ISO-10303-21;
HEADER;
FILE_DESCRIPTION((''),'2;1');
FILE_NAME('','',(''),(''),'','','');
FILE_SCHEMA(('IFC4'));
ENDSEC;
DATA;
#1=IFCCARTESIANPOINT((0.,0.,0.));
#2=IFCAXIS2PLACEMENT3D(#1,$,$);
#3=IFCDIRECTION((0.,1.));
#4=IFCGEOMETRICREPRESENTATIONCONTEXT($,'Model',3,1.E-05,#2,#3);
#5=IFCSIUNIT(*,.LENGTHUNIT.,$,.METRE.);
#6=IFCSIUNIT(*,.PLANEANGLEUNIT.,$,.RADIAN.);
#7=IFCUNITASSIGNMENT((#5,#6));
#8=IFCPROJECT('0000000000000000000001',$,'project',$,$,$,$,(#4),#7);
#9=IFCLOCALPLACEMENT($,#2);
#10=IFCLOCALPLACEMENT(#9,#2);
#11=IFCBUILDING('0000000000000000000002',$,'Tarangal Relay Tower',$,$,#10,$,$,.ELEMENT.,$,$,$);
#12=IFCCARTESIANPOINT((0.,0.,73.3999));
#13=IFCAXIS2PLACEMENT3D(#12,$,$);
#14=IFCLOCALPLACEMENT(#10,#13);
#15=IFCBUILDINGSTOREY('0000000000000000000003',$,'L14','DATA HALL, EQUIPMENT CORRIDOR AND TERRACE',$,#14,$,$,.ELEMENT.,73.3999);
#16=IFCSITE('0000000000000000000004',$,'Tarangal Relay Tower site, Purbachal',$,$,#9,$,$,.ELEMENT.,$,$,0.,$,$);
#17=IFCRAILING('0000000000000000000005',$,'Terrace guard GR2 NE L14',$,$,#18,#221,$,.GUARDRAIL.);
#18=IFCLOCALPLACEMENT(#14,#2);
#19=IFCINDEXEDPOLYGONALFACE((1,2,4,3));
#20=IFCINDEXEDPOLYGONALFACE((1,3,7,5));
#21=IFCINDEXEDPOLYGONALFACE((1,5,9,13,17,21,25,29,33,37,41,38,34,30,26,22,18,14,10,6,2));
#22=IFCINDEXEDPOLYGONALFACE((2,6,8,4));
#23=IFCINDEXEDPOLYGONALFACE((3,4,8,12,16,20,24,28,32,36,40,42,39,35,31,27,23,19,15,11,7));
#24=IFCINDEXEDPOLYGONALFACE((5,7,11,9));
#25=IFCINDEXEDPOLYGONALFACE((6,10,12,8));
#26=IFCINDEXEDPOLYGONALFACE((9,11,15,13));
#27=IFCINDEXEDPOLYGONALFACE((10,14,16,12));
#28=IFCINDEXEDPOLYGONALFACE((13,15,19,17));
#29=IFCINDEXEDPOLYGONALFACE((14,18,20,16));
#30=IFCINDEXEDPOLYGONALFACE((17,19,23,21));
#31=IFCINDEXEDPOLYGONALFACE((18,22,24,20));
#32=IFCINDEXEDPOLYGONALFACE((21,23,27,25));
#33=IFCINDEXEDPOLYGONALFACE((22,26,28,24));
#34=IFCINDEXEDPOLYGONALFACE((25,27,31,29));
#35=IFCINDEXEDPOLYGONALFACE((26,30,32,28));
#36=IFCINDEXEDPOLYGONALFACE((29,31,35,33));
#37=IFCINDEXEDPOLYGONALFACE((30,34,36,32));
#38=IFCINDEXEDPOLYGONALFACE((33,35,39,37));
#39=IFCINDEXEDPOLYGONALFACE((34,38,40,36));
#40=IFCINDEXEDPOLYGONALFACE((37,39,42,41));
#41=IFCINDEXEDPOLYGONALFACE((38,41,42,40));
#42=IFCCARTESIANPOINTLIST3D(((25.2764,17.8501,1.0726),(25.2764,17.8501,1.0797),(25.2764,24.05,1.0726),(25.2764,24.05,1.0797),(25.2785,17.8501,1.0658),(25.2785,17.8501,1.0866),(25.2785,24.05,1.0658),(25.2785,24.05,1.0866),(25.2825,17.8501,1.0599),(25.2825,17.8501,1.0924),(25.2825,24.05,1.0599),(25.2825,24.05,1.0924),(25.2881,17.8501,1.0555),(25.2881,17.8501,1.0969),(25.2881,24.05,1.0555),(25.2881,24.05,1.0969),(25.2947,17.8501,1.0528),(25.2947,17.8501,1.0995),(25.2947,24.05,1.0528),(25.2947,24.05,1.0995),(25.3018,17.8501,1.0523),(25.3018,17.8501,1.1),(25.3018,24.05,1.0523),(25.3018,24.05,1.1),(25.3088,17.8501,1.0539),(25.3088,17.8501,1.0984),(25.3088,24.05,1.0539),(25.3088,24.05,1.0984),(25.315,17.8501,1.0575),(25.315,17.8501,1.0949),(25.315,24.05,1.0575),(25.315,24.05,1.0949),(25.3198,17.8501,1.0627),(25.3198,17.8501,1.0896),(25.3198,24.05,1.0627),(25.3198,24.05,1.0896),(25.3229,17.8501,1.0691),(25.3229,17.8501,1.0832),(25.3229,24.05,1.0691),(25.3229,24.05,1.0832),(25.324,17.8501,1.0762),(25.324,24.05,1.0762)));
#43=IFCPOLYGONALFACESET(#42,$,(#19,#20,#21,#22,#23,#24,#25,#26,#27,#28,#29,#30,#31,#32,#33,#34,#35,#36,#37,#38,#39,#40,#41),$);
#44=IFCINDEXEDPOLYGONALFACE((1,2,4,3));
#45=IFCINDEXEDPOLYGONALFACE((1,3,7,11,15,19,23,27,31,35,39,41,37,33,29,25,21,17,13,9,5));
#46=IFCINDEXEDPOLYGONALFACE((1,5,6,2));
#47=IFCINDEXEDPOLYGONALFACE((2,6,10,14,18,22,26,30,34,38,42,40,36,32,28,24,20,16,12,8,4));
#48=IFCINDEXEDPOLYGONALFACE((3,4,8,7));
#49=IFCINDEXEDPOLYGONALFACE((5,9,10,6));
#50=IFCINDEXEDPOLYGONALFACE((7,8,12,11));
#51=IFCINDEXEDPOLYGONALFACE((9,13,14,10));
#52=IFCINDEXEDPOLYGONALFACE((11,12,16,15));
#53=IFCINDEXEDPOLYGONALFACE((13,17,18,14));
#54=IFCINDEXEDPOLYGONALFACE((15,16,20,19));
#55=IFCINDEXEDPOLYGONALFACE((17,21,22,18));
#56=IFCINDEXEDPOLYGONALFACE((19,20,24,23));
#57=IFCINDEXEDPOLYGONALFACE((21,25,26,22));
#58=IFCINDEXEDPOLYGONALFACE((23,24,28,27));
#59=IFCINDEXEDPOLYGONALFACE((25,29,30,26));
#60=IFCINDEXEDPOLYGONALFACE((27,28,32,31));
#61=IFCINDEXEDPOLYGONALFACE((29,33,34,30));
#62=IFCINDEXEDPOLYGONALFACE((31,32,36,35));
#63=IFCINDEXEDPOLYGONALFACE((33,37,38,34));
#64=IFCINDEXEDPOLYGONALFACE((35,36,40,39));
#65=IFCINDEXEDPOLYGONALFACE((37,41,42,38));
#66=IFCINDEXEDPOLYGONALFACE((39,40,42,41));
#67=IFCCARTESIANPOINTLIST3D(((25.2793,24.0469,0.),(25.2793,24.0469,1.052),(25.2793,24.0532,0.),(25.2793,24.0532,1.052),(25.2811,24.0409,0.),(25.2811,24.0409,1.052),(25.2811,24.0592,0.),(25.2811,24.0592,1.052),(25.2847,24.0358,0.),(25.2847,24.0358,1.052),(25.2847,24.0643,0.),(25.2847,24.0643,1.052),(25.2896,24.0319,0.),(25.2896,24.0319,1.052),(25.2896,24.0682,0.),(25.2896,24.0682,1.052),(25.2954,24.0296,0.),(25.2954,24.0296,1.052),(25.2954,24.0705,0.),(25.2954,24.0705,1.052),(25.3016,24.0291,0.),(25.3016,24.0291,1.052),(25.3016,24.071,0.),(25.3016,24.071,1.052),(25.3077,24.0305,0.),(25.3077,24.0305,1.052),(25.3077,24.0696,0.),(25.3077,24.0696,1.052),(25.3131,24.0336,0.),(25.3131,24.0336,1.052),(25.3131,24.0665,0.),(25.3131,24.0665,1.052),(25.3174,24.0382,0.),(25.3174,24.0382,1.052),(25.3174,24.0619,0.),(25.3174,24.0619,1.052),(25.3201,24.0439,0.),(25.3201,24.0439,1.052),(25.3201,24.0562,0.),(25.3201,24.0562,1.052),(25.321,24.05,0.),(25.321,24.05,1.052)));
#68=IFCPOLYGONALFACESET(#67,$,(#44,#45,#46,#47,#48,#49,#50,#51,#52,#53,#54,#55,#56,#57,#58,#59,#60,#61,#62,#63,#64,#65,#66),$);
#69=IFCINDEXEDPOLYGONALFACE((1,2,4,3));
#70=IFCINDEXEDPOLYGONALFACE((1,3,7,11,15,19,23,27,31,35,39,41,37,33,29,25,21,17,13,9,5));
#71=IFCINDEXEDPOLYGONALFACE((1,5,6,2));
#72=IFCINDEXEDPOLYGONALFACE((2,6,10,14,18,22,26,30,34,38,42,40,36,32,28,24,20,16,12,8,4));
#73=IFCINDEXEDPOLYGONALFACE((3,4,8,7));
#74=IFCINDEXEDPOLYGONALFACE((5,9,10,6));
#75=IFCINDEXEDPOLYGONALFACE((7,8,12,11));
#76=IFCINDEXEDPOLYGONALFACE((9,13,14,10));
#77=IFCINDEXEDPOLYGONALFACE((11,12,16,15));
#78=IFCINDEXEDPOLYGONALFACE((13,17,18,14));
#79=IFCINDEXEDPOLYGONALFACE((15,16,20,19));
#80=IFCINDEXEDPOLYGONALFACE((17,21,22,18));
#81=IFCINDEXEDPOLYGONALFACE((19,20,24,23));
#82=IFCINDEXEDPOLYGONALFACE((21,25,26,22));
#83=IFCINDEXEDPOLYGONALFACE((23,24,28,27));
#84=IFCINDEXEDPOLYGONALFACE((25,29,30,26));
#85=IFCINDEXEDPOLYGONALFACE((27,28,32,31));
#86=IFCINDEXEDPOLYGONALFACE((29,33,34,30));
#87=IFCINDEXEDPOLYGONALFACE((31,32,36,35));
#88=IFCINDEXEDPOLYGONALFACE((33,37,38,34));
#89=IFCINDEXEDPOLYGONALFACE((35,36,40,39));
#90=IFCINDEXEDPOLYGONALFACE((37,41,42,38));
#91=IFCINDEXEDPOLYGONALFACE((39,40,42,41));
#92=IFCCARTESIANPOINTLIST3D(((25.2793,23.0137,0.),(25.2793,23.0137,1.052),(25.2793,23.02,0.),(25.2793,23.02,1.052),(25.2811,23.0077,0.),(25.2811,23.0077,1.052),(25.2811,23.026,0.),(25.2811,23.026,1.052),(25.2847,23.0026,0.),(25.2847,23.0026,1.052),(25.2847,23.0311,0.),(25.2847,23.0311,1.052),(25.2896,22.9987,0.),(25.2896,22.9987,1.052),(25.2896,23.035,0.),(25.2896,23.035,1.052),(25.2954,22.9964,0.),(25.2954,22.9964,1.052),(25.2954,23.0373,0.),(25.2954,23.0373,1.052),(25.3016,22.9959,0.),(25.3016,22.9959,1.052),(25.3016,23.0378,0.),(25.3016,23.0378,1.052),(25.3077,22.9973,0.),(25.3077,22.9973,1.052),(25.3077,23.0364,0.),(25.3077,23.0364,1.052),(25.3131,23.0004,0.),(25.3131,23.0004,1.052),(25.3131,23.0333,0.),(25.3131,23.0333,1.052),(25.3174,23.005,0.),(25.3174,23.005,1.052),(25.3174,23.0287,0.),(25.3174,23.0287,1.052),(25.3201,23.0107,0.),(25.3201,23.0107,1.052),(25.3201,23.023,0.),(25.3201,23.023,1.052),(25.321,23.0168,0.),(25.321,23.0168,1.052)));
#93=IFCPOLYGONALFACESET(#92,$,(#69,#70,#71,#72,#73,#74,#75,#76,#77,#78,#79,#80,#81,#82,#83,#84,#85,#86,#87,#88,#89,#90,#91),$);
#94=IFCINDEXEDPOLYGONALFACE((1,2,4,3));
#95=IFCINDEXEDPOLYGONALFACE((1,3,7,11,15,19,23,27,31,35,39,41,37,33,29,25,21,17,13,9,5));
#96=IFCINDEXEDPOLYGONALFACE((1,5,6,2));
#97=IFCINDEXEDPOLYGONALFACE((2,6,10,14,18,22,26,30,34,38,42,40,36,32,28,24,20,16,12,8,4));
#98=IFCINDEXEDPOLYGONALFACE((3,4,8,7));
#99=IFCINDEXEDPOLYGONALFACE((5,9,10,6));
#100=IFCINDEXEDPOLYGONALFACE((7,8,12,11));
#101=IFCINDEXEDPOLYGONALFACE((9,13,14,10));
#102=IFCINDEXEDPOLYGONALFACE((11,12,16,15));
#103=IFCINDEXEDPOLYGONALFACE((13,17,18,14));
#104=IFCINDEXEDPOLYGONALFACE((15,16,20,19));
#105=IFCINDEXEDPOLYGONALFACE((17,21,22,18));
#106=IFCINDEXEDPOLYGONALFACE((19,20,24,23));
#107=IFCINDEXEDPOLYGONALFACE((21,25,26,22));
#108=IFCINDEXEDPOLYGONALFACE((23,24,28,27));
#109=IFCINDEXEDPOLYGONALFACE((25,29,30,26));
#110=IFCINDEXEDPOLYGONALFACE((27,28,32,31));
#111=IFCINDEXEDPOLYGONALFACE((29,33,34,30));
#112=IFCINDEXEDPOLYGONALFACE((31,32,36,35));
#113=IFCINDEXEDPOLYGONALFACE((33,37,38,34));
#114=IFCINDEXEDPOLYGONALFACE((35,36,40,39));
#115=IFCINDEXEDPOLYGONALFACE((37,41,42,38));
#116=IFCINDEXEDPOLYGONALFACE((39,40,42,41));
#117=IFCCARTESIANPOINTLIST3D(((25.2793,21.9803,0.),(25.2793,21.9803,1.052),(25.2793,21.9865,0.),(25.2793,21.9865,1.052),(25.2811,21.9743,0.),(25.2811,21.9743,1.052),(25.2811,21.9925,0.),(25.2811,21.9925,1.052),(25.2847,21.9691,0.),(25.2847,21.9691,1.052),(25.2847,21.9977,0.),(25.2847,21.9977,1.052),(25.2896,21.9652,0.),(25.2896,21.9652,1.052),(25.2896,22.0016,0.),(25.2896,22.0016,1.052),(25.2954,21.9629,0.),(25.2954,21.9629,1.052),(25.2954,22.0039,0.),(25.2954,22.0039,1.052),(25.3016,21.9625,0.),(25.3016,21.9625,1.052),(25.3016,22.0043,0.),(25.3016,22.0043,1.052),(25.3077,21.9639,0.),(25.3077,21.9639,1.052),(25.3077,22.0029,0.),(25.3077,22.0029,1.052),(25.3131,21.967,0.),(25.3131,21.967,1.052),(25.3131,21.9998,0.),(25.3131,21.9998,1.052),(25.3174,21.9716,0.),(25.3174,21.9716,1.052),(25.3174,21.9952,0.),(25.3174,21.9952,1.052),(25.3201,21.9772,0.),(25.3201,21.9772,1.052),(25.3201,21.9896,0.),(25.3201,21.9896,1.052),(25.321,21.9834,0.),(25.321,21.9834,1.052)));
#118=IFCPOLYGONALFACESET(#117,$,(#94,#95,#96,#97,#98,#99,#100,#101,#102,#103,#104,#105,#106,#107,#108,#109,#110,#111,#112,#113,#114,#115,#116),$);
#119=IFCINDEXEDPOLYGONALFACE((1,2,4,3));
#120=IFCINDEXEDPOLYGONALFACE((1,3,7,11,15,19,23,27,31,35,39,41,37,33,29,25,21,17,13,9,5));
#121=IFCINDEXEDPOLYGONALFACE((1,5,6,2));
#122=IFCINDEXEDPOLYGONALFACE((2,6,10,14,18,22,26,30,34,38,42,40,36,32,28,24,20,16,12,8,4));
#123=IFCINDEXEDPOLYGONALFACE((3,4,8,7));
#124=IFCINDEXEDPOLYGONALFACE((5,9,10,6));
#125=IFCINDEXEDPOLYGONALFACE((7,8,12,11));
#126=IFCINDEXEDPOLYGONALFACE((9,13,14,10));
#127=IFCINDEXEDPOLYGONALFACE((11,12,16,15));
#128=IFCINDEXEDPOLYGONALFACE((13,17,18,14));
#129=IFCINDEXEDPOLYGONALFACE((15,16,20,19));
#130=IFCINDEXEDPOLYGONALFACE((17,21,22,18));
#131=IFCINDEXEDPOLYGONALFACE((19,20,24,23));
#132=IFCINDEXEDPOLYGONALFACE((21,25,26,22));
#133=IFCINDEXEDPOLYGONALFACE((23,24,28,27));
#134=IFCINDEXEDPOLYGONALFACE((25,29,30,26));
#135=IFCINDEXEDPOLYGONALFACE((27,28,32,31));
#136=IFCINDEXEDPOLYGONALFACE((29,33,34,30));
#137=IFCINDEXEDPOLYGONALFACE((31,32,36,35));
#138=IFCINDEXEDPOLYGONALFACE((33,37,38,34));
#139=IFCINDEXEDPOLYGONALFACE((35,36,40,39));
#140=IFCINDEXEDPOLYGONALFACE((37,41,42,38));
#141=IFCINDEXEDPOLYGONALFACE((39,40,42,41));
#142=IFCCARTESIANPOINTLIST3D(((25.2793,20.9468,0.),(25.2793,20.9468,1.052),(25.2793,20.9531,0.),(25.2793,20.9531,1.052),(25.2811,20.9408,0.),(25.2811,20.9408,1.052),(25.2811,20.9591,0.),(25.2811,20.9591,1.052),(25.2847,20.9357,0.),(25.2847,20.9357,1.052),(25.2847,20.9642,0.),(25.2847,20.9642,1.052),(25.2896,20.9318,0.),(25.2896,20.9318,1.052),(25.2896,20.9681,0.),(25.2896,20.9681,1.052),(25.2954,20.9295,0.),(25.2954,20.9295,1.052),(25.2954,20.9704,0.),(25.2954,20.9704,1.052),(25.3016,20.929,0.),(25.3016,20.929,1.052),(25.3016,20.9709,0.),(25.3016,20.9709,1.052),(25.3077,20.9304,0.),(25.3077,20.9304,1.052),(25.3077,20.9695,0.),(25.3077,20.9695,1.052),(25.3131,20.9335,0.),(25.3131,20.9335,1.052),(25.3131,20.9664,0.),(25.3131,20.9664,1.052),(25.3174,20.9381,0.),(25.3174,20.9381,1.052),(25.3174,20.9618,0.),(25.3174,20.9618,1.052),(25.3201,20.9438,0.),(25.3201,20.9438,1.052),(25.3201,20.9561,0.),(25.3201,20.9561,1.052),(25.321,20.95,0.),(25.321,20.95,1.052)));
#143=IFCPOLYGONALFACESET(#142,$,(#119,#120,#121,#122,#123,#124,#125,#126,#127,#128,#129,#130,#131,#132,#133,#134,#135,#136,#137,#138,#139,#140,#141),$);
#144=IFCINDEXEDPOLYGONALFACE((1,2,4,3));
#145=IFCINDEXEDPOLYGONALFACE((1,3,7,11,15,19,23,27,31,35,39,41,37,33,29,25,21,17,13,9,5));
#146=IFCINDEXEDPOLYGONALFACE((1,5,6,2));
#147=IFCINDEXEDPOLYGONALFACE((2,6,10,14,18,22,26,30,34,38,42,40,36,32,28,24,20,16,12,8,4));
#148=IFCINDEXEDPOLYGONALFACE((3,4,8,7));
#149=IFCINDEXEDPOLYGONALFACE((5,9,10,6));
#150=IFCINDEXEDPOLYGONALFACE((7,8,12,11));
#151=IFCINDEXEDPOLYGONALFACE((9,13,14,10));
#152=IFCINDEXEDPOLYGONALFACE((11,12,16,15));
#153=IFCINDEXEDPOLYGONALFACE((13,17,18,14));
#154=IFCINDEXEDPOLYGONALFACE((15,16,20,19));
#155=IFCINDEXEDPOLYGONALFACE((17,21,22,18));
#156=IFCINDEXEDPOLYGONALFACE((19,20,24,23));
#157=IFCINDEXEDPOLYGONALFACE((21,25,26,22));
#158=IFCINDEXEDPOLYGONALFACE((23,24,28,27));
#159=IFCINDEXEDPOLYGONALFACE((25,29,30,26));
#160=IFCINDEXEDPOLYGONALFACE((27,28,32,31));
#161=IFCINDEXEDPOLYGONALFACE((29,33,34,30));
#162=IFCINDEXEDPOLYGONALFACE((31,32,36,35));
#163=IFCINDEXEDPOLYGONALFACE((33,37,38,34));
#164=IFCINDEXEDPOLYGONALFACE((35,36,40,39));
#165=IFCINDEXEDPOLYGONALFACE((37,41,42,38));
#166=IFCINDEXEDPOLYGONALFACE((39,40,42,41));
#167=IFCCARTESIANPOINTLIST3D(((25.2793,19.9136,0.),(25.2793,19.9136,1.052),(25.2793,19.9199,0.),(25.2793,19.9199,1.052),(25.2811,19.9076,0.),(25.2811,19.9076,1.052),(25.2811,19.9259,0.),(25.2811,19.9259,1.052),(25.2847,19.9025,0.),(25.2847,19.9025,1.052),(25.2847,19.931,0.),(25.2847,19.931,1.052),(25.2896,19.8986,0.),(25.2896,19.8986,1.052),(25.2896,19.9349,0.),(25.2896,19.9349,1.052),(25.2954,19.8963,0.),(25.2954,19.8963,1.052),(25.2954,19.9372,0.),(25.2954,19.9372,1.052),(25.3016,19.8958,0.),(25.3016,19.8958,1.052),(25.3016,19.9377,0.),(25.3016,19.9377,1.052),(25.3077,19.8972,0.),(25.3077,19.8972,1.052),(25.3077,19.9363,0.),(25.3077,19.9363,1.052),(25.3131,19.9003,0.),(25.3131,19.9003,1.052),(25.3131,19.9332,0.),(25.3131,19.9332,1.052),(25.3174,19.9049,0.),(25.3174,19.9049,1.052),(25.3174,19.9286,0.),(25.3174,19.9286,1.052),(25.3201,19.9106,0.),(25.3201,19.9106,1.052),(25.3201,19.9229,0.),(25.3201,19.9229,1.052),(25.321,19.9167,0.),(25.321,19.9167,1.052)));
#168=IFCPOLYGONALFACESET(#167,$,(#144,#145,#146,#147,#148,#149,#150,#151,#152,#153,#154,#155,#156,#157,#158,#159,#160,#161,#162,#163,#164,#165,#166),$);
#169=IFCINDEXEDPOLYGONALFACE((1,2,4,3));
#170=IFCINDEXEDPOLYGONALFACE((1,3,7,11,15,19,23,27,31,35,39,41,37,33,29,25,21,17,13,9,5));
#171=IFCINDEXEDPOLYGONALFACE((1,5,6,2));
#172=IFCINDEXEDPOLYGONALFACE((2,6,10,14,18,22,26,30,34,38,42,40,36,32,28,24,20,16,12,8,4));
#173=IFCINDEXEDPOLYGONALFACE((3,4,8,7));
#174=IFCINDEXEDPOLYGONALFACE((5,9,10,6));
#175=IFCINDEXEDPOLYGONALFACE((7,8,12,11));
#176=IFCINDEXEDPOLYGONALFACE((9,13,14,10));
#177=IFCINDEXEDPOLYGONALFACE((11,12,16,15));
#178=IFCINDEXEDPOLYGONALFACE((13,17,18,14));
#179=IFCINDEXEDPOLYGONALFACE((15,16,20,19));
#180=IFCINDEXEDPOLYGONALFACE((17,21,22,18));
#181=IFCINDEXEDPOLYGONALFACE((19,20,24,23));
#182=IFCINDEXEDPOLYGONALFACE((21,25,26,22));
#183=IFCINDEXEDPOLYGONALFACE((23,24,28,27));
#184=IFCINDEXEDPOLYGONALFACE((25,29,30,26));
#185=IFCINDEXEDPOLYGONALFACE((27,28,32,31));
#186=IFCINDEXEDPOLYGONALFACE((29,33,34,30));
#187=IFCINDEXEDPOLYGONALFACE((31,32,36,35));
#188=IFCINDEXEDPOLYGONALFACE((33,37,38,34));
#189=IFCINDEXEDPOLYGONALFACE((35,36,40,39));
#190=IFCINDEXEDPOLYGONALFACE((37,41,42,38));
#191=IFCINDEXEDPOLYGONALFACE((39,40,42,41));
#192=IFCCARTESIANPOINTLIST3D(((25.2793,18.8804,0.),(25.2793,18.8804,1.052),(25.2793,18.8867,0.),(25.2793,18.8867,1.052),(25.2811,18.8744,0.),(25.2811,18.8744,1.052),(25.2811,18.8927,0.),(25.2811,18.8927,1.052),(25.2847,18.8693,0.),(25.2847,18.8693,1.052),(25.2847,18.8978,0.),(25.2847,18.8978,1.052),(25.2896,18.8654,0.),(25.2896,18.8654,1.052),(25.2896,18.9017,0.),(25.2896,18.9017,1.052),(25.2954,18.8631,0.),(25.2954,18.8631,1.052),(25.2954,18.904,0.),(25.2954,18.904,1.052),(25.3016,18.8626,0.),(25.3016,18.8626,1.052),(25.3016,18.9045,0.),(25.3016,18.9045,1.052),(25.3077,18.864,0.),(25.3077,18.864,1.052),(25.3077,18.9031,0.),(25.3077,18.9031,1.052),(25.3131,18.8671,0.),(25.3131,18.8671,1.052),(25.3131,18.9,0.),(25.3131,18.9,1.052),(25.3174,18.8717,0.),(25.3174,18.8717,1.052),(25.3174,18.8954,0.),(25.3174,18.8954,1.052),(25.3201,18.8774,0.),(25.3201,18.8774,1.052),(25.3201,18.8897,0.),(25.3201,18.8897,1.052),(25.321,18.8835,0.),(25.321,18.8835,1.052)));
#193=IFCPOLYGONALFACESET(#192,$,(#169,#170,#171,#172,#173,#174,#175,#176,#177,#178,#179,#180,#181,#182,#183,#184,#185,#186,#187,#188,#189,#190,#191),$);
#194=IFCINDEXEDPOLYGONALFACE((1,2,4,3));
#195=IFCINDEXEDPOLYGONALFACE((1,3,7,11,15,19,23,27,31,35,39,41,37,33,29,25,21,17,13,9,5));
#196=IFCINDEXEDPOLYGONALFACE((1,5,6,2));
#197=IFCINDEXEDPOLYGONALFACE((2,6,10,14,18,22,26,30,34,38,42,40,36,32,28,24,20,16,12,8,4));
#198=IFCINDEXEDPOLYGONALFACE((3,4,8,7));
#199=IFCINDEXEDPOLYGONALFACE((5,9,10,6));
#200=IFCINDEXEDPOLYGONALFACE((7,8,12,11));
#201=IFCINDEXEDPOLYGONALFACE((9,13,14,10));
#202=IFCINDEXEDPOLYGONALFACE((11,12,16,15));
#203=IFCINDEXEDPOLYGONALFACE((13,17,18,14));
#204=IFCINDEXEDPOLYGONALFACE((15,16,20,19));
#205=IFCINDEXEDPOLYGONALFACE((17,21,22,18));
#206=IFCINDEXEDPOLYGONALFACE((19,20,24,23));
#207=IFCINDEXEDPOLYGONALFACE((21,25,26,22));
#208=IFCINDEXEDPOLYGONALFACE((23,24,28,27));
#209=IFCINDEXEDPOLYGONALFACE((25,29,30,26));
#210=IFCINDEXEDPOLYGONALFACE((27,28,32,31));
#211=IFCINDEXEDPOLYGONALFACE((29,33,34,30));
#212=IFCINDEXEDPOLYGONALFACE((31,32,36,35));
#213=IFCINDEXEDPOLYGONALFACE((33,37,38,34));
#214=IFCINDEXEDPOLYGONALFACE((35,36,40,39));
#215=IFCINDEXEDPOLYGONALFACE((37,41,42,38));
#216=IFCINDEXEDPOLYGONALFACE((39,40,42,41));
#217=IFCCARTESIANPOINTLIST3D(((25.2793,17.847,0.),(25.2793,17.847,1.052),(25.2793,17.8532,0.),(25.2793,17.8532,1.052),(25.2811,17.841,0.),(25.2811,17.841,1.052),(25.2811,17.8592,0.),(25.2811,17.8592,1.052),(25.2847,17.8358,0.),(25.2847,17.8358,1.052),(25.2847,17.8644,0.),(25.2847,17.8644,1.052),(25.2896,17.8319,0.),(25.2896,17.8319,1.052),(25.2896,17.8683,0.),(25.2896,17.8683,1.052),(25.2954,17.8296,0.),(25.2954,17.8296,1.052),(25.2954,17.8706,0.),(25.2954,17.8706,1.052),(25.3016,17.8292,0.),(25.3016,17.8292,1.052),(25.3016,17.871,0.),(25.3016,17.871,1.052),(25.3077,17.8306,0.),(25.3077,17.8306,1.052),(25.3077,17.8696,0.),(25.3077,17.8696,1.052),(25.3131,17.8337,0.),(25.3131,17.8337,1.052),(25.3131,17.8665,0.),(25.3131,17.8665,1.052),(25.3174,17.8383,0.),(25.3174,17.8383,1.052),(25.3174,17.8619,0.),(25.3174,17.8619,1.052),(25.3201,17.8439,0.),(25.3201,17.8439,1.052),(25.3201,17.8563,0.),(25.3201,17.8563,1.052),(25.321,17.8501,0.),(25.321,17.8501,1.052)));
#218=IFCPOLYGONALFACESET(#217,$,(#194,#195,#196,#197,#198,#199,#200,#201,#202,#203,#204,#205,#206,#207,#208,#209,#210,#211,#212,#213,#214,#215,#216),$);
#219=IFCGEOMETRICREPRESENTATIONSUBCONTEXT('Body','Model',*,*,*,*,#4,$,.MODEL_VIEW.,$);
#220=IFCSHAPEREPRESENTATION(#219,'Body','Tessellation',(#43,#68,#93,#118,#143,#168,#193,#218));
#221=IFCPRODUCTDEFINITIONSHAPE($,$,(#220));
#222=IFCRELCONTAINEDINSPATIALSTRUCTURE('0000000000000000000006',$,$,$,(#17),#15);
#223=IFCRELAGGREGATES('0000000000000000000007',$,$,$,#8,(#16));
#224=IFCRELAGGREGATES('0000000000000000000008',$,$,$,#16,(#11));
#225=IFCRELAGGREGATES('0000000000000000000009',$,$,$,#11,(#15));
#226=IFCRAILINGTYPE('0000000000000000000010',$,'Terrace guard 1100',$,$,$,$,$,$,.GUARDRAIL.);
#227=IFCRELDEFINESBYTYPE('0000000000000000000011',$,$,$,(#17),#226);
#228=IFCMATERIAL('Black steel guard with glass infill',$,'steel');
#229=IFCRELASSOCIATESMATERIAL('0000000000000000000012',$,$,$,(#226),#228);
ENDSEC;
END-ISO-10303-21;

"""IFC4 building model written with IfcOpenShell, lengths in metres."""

from ifc_helpers import new_model, si_unit, direction, frame, origin, origin_2d, place, context, subcontext, project, spatial, circle, extrude, material, type_object, element, save


model = new_model("IFC4")

# Units and contexts
model_context = context("Model", 3, precision=1e-05, world=origin(), true_north=direction((0.0, 1.0)))
body_context = subcontext(model_context, "Body", "Model", "MODEL_VIEW")
ifc_project = project(units=[si_unit("LENGTHUNIT", "METRE"), si_unit("PLANEANGLEUNIT", "RADIAN")], contexts=[model_context])

# Site, building, storey
site_placement = place(None, origin())
site = spatial("IfcSite", under=ifc_project, at=site_placement, Name="Tarangal Relay Tower site, Purbachal", CompositionType="ELEMENT", RefElevation=0.0)
building_placement = place(site_placement, origin())
building = spatial("IfcBuilding", under=site, at=building_placement, Name="Tarangal Relay Tower", CompositionType="ELEMENT")
storey_placement = place(building_placement, frame((0.0, 0.0, 73.3999)))
storey = spatial("IfcBuildingStorey", under=building, at=storey_placement, Name="L14", Description="DATA HALL, EQUIPMENT CORRIDOR AND TERRACE", CompositionType="ELEMENT", Elevation=73.3999)

# Railing
ifc_material_1 = material(Name="Black steel guard with glass infill", Category="steel")
railing_type_1 = type_object("IfcRailingType", Name="Terrace guard 1100", PredefinedType="GUARDRAIL", material=ifc_material_1)
railing_1_placement = place(storey_placement, frame((25.3, 24.05, 0.0)))
element("IfcRailing", 1, at=railing_1_placement, inside=storey, type_object=railing_type_1, Name="Terrace guard GR2 NE L14", PredefinedType="GUARDRAIL", context=body_context, shape_type="SweptSolid", body=[
    extrude(circle(Radius=0.0239, at=origin_2d()), frame((0.0, 0.0, 1.0762), z_axis=(0.0, -1.0, 0.0), x_axis=(1.0, 0.0, 0.0)), (0.0, 0.0, 1.0), 6.2),
    extrude(circle(Radius=0.021, at=origin_2d()), origin(), (0.0, 0.0, 1.0), 1.052),
    extrude(circle(Radius=0.021, at=origin_2d()), frame((0.0, -1.0332, 0.0)), (0.0, 0.0, 1.0), 1.052),
    extrude(circle(Radius=0.021, at=origin_2d()), frame((0.0, -2.0667, 0.0)), (0.0, 0.0, 1.0), 1.052),
    extrude(circle(Radius=0.021, at=origin_2d()), frame((0.0, -3.1001, 0.0)), (0.0, 0.0, 1.0), 1.052),
    extrude(circle(Radius=0.021, at=origin_2d()), frame((0.0, -4.1333, 0.0)), (0.0, 0.0, 1.0), 1.052),
    extrude(circle(Radius=0.021, at=origin_2d()), frame((0.0, -5.1665, 0.0)), (0.0, 0.0, 1.0), 1.052),
    extrude(circle(Radius=0.021, at=origin_2d()), frame((0.0, -6.2, 0.0)), (0.0, 0.0, 1.0), 1.052),
])

save(model, "model.ifc")
